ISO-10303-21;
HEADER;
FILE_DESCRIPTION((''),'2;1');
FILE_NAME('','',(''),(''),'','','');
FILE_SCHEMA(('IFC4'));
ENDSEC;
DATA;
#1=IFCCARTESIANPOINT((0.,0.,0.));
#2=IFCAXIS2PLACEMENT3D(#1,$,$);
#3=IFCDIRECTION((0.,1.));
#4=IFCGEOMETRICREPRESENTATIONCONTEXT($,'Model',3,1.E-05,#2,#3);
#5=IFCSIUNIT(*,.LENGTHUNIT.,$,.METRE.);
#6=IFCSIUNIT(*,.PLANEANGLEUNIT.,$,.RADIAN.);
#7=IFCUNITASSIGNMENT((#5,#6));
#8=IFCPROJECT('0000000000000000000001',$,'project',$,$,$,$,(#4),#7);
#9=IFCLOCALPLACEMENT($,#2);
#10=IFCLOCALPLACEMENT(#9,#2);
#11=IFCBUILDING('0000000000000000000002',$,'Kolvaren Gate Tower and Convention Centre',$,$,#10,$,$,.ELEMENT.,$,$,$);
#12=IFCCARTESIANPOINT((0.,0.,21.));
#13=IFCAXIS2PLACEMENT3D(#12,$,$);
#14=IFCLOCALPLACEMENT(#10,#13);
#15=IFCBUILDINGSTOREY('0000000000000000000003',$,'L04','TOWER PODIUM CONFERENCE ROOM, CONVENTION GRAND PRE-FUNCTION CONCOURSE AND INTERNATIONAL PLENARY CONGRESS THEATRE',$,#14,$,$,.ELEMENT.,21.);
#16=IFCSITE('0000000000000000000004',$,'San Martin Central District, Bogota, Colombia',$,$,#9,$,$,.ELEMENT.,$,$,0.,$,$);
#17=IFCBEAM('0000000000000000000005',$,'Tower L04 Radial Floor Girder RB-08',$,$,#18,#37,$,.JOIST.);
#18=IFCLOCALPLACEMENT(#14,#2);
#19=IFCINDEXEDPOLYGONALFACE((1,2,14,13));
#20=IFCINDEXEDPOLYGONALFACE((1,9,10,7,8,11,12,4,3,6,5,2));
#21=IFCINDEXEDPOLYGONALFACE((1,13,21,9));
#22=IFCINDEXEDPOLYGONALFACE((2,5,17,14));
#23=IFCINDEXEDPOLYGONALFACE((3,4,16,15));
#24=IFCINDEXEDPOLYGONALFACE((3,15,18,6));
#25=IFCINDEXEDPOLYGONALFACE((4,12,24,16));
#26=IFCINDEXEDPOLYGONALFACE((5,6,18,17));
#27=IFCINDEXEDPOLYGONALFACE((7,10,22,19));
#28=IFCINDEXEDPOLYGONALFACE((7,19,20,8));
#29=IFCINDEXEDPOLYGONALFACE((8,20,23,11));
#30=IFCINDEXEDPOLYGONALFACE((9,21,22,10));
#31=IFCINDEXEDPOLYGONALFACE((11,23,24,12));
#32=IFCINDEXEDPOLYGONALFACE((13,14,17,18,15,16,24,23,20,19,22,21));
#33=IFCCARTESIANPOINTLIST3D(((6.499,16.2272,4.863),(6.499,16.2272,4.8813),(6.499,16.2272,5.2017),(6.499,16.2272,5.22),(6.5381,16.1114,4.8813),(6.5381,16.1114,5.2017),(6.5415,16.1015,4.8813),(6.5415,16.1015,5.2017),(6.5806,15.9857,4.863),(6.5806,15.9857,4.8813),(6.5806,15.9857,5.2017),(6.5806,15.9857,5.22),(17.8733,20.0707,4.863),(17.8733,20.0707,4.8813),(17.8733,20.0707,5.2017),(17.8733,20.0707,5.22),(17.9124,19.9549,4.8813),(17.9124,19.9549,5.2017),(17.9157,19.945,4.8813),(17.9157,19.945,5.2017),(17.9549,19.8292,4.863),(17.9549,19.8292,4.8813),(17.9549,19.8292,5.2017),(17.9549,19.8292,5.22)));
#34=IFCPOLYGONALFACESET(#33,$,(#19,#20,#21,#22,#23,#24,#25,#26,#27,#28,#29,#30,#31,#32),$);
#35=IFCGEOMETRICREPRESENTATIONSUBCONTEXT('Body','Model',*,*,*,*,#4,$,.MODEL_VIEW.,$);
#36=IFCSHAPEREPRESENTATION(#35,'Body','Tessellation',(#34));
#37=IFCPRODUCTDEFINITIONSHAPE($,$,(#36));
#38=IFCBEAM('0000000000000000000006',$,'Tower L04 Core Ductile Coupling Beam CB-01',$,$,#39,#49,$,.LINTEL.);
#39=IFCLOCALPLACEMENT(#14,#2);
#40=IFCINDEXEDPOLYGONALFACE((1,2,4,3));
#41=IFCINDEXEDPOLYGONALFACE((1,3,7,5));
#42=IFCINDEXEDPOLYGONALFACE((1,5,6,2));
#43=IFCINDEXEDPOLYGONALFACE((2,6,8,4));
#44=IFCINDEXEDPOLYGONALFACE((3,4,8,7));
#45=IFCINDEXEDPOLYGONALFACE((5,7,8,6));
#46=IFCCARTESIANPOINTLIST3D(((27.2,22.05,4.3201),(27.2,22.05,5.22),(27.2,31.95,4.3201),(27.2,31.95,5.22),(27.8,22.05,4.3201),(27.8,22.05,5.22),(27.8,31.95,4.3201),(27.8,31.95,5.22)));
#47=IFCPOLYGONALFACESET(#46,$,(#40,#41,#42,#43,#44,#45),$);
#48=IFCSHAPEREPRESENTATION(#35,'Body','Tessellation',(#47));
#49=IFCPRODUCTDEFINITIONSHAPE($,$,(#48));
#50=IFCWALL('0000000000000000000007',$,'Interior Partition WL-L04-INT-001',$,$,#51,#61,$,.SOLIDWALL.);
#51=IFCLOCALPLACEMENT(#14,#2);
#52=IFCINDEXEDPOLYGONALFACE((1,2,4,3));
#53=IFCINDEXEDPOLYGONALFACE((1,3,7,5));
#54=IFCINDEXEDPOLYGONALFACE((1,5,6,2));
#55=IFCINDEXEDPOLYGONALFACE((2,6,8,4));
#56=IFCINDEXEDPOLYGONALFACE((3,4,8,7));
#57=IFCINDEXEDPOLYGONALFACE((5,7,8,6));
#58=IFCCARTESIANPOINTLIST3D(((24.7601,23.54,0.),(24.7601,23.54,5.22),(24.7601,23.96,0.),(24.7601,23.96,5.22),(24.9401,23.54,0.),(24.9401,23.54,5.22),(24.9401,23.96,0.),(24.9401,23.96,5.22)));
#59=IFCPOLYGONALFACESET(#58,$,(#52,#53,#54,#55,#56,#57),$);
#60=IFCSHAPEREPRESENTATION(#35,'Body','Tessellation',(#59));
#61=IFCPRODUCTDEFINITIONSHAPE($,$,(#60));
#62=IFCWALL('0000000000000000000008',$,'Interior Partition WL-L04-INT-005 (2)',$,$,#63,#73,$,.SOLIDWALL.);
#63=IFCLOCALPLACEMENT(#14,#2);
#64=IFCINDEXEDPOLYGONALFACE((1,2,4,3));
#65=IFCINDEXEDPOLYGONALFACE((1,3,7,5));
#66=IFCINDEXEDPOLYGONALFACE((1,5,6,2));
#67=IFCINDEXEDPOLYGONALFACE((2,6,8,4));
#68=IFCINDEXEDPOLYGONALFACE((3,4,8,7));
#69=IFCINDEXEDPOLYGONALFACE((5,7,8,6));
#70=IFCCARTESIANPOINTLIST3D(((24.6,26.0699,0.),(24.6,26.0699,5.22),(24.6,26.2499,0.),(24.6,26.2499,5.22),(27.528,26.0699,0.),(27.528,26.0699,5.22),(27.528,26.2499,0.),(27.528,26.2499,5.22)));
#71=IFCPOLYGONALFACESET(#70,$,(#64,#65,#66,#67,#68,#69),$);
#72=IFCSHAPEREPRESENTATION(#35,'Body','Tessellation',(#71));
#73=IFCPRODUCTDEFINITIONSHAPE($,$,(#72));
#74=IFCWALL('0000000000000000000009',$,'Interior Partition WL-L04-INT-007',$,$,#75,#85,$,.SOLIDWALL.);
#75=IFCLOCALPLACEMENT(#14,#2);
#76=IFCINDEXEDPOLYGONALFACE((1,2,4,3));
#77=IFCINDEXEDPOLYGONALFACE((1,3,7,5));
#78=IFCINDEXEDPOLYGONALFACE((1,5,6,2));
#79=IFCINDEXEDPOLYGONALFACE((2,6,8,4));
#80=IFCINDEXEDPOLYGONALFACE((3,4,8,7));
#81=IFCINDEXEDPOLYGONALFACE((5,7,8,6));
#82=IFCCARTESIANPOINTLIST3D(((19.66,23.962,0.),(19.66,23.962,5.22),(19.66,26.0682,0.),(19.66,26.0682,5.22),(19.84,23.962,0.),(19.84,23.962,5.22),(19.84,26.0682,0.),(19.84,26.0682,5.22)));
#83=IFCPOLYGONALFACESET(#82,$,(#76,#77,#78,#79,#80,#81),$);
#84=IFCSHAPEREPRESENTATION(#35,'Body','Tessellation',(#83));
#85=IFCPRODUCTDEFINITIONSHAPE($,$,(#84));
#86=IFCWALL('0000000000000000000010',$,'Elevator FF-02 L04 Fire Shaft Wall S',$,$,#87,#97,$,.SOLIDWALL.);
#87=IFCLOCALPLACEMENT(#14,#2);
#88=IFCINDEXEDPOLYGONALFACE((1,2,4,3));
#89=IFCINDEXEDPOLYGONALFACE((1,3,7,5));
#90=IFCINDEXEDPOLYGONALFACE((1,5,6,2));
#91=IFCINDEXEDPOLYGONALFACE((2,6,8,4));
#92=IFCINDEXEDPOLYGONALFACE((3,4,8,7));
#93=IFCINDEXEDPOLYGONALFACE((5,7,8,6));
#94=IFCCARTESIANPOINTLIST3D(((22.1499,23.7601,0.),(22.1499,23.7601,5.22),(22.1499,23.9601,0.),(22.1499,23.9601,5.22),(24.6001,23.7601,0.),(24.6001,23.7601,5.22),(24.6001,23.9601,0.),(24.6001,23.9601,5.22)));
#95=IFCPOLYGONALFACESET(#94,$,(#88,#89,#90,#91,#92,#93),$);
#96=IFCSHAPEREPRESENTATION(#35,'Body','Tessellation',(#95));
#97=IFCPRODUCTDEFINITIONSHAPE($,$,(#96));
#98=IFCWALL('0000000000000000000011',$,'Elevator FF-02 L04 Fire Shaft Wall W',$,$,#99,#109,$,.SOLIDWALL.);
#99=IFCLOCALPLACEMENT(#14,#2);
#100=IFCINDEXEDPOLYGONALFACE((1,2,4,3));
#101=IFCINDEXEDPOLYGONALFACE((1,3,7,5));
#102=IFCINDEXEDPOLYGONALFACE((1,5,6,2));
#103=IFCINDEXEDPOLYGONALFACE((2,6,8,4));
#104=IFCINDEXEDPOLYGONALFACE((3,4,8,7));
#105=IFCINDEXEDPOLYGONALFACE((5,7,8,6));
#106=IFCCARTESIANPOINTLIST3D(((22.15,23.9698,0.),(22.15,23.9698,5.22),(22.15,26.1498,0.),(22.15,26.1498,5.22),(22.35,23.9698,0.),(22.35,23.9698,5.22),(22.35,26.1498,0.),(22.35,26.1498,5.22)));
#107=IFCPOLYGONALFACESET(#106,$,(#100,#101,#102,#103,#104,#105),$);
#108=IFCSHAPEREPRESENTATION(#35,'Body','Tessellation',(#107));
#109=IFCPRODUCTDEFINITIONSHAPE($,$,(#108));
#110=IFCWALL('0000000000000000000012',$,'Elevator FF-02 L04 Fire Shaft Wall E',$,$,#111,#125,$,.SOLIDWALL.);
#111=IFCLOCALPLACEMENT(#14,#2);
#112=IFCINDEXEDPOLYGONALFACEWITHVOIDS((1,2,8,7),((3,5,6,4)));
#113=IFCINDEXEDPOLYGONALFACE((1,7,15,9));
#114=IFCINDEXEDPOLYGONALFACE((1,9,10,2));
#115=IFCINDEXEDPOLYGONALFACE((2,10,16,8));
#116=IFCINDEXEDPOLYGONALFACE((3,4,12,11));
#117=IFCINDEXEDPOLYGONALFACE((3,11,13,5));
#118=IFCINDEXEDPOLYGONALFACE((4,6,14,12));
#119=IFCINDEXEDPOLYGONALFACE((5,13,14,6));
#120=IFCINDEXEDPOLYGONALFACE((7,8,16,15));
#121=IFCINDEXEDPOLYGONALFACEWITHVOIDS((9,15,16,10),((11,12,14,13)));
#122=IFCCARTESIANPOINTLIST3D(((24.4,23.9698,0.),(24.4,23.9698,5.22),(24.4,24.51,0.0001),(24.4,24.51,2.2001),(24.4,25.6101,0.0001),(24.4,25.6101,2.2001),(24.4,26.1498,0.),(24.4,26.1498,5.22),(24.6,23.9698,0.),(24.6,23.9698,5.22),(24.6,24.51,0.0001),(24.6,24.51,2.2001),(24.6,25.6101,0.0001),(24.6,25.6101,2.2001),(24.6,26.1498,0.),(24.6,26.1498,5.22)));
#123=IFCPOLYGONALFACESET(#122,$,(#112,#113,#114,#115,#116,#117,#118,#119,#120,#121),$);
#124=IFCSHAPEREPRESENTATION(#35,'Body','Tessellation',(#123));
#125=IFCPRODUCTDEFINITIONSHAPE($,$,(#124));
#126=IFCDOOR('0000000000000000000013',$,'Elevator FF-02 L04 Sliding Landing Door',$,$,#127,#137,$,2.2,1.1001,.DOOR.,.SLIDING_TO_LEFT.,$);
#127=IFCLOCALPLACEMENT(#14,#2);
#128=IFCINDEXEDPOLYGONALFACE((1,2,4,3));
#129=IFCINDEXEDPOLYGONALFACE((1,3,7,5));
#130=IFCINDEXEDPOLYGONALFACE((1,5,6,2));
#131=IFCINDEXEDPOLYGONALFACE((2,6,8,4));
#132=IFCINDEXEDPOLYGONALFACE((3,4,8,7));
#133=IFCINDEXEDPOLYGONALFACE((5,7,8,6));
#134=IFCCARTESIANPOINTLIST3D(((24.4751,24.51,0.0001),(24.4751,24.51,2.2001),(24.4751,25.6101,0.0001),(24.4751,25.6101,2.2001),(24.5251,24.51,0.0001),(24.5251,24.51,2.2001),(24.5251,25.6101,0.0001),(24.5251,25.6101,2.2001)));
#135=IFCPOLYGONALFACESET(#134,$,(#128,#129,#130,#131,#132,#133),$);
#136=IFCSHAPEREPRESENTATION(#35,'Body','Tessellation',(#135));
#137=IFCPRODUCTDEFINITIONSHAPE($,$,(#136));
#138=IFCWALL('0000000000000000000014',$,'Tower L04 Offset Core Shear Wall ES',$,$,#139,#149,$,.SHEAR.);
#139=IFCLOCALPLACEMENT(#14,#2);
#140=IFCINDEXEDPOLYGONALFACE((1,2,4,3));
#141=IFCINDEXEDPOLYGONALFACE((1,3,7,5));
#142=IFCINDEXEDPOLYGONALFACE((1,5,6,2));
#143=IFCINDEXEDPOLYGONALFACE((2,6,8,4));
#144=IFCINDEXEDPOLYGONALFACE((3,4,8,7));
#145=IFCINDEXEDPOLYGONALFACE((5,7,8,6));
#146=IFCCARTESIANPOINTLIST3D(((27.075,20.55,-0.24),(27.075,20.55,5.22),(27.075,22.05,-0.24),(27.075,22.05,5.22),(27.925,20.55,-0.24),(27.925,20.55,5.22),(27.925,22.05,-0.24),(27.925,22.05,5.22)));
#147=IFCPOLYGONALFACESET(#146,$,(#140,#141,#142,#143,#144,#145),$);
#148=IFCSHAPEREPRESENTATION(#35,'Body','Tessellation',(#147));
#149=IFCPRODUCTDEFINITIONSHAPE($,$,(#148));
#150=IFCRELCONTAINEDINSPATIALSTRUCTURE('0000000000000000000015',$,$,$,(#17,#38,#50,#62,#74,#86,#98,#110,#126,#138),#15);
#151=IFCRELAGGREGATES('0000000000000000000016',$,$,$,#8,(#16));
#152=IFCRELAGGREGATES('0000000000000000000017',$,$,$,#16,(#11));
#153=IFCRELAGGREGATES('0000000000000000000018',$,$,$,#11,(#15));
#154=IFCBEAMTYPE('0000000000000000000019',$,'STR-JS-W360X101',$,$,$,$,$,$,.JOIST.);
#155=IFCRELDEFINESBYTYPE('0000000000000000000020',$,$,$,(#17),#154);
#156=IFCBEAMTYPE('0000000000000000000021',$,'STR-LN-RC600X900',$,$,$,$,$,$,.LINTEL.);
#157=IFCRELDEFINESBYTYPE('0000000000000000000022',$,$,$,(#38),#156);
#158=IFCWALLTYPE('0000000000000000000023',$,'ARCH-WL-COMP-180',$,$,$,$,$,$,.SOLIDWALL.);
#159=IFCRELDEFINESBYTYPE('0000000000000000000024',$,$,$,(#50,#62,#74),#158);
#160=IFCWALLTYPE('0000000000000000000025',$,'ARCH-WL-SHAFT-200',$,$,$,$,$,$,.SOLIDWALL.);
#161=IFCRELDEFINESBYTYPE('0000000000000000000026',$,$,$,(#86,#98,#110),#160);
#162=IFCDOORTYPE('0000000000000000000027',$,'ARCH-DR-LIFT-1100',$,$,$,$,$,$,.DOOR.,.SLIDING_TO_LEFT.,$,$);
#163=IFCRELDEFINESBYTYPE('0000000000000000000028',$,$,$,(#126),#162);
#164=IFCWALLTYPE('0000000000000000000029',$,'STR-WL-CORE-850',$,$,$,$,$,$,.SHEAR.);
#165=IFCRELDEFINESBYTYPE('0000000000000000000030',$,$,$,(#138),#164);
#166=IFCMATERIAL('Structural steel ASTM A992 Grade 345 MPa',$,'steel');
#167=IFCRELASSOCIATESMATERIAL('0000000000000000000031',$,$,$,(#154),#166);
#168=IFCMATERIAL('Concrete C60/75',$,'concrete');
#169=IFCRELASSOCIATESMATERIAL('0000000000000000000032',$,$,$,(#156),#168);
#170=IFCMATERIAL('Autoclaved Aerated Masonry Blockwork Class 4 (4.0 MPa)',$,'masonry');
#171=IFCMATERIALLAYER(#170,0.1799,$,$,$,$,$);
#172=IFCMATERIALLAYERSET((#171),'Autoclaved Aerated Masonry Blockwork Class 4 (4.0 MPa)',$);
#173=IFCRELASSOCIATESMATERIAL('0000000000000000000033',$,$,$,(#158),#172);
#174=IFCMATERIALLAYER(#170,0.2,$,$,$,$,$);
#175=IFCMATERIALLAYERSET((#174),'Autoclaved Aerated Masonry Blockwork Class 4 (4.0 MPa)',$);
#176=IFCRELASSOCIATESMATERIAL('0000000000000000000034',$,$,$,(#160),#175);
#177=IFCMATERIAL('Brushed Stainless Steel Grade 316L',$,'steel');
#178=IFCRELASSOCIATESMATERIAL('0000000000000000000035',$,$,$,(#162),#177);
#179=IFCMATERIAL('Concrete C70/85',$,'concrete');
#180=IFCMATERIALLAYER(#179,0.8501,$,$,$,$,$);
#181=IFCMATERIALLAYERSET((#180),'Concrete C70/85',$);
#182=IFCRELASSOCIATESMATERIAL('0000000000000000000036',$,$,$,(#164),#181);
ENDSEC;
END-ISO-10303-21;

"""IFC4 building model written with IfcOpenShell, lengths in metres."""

from ifc_helpers import new_model, si_unit, direction, frame, frame_2d, origin, origin_2d, place, context, subcontext, project, spatial, rectangle, i_section, extrude, material, layer, layer_set, material_profile, profile_set, type_object, element, fill, save


model = new_model("IFC4")

# Units and contexts
model_context = context("Model", 3, precision=1e-05, world=origin(), true_north=direction((0.0, 1.0)))
body_context = subcontext(model_context, "Body", "Model", "MODEL_VIEW")
ifc_project = project(units=[si_unit("LENGTHUNIT", "METRE"), si_unit("PLANEANGLEUNIT", "RADIAN")], contexts=[model_context])

# Site, building, storey
site_placement = place(None, origin())
site = spatial("IfcSite", under=ifc_project, at=site_placement, Name="San Martin Central District, Bogota, Colombia", CompositionType="ELEMENT", RefElevation=0.0)
building_placement = place(site_placement, origin())
building = spatial("IfcBuilding", under=site, at=building_placement, Name="Kolvaren Gate Tower and Convention Centre", CompositionType="ELEMENT")
storey_placement = place(building_placement, frame((0.0, 0.0, 21.0)))
storey = spatial("IfcBuildingStorey", under=building, at=storey_placement, Name="L04", Description="TOWER PODIUM CONFERENCE ROOM, CONVENTION GRAND PRE-FUNCTION CONCOURSE AND INTERNATIONAL PLENARY CONGRESS THEATRE", CompositionType="ELEMENT", Elevation=21.0)

# Beams
ifc_material_1 = material(Name="Structural steel ASTM A992 Grade 345 MPa", Category="steel")
ifc_material_profile_1 = material_profile(ifc_material_1, i_section(OverallWidth=0.2549, OverallDepth=0.3569, WebThickness=0.0105, FlangeThickness=0.0183, at=origin_2d()), Name="W360X101")
ifc_profile_set_1 = profile_set([ifc_material_profile_1], Name="Structural steel ASTM A992 Grade 345 MPa")
beam_type_1 = type_object("IfcBeamType", Name="STR-JS-W360X101", PredefinedType="JOIST", material=ifc_profile_set_1)
beam_1_placement = place(storey_placement, frame((17.9141, 19.95, 5.0415), z_axis=(-0.947374, -0.320129, 0.0), x_axis=(0.320129, -0.947374, 0.0)))
element("IfcBeam", 1, at=beam_1_placement, inside=storey, type_object=beam_type_1, Name="Tower L04 Radial Floor Girder RB-08", PredefinedType="JOIST", context=body_context, shape_type="SweptSolid", body=[
    extrude(i_section(OverallWidth=0.2549, OverallDepth=0.3569, WebThickness=0.0105, FlangeThickness=0.0183, at=origin_2d()), origin(), (0.0, 0.0, 1.0), 12.0061),
])
ifc_material_2 = material(Name="Concrete C60/75", Category="concrete")
ifc_material_profile_2 = material_profile(ifc_material_2, rectangle(XDim=0.6001, YDim=0.8999, at=origin_2d()), Name="RC-BM-600X900")
ifc_profile_set_2 = profile_set([ifc_material_profile_2], Name="Concrete C60/75")
beam_type_2 = type_object("IfcBeamType", Name="STR-LN-RC600X900", PredefinedType="LINTEL", material=ifc_profile_set_2)
beam_2_placement = place(storey_placement, frame((27.5, 22.05, 4.77), z_axis=(0.0, 1.0, 0.0), x_axis=(-1.0, 0.0, 0.0)))
element("IfcBeam", 2, at=beam_2_placement, inside=storey, type_object=beam_type_2, Name="Tower L04 Core Ductile Coupling Beam CB-01", PredefinedType="LINTEL", context=body_context, shape_type="SweptSolid", body=[
    extrude(rectangle(XDim=0.6001, YDim=0.8999, at=origin_2d()), origin(), (0.0, 0.0, 1.0), 9.8999),
])

# Walls
ifc_material_3 = material(Name="Autoclaved Aerated Masonry Blockwork Class 4 (4.0 MPa)", Category="masonry")
ifc_layer_1 = layer(ifc_material_3, 0.1799)
ifc_layer_set_1 = layer_set([ifc_layer_1], Name="Autoclaved Aerated Masonry Blockwork Class 4 (4.0 MPa)")
wall_type_1 = type_object("IfcWallType", Name="ARCH-WL-COMP-180", PredefinedType="SOLIDWALL", material=ifc_layer_set_1)
wall_1_placement = place(storey_placement, frame((24.8501, 23.54, 0.0), z_axis=(0.0, 0.0, 1.0), x_axis=(0.0, 1.0, 0.0)))
element("IfcWall", 3, at=wall_1_placement, inside=storey, type_object=wall_type_1, Name="Interior Partition WL-L04-INT-001", PredefinedType="SOLIDWALL", context=body_context, shape_type="SweptSolid", body=[
    extrude(rectangle(XDim=0.4199, YDim=0.1799, at=frame_2d((0.21, 0.0))), origin(), (0.0, 0.0, 1.0), 5.22),
])
wall_2_placement = place(storey_placement, frame((24.6001, 26.1599, 0.0), z_axis=(0.0, 0.0, 1.0), x_axis=(1.0, 0.0, 0.0)))
element("IfcWall", 4, at=wall_2_placement, inside=storey, type_object=wall_type_1, Name="Interior Partition WL-L04-INT-005 (2)", PredefinedType="SOLIDWALL", context=body_context, shape_type="SweptSolid", body=[
    extrude(rectangle(XDim=2.928, YDim=0.1799, at=frame_2d((1.4639, 0.0))), origin(), (0.0, 0.0, 1.0), 5.22),
])
wall_3_placement = place(storey_placement, frame((19.75, 23.9619, 0.0), z_axis=(0.0, 0.0, 1.0), x_axis=(0.0, 1.0, 0.0)))
element("IfcWall", 5, at=wall_3_placement, inside=storey, type_object=wall_type_1, Name="Interior Partition WL-L04-INT-007", PredefinedType="SOLIDWALL", context=body_context, shape_type="SweptSolid", body=[
    extrude(rectangle(XDim=2.1062, YDim=0.1799, at=frame_2d((1.0532, 0.0))), origin(), (0.0, 0.0, 1.0), 5.22),
])
ifc_layer_2 = layer(ifc_material_3, 0.2)
ifc_layer_set_2 = layer_set([ifc_layer_2], Name="Autoclaved Aerated Masonry Blockwork Class 4 (4.0 MPa)")
wall_type_2 = type_object("IfcWallType", Name="ARCH-WL-SHAFT-200", PredefinedType="SOLIDWALL", material=ifc_layer_set_2)
wall_4_placement = place(storey_placement, frame((22.1499, 23.8601, 0.0), z_axis=(0.0, 0.0, 1.0), x_axis=(1.0, 0.0, 0.0)))
element("IfcWall", 6, at=wall_4_placement, inside=storey, type_object=wall_type_2, Name="Elevator FF-02 L04 Fire Shaft Wall S", PredefinedType="SOLIDWALL", context=body_context, shape_type="SweptSolid", body=[
    extrude(rectangle(XDim=2.4502, YDim=0.2, at=frame_2d((1.2251, 0.0))), origin(), (0.0, 0.0, 1.0), 5.22),
])
wall_5_placement = place(storey_placement, frame((22.25, 23.97, 0.0), z_axis=(0.0, 0.0, 1.0), x_axis=(0.0, 1.0, 0.0)))
element("IfcWall", 7, at=wall_5_placement, inside=storey, type_object=wall_type_2, Name="Elevator FF-02 L04 Fire Shaft Wall W", PredefinedType="SOLIDWALL", context=body_context, shape_type="SweptSolid", body=[
    extrude(rectangle(XDim=2.1799, YDim=0.2, at=frame_2d((1.0898, 0.0))), origin(), (0.0, 0.0, 1.0), 5.22),
])

# Wall, opening, door
wall_6_placement = place(storey_placement, frame((24.5, 23.97, 0.0), z_axis=(0.0, 0.0, 1.0), x_axis=(0.0, 1.0, 0.0)))
wall_6 = element("IfcWall", 8, at=wall_6_placement, inside=storey, type_object=wall_type_2, Name="Elevator FF-02 L04 Fire Shaft Wall E", PredefinedType="SOLIDWALL", context=body_context, shape_type="SweptSolid", body=[
    extrude(rectangle(XDim=2.1799, YDim=0.2, at=frame_2d((1.0898, 0.0))), origin(), (0.0, 0.0, 1.0), 5.22),
])
opening_1_placement = place(wall_6_placement, frame((0.54, 0.0, 0.0)))
opening_1 = element("IfcOpeningElement", 9, at=opening_1_placement, cuts=wall_6, PredefinedType="OPENING", context=body_context, shape_type="SweptSolid", body=[
    extrude(rectangle(XDim=1.1001, YDim=2.2, at=frame_2d((0.55, 1.1001))), frame((0.0, 0.1099, 0.0), z_axis=(0.0, -1.0, 0.0), x_axis=(1.0, 0.0, 0.0)), (0.0, 0.0, 1.0), 0.22),
])
ifc_material_4 = material(Name="Brushed Stainless Steel Grade 316L", Category="steel")
door_type_1 = type_object("IfcDoorType", Name="ARCH-DR-LIFT-1100", OperationType="SLIDING_TO_LEFT", PredefinedType="DOOR", material=ifc_material_4)
door_1_placement = place(opening_1_placement, origin())
door_1 = element("IfcDoor", 10, at=door_1_placement, inside=storey, type_object=door_type_1, Name="Elevator FF-02 L04 Sliding Landing Door", OperationType="SLIDING_TO_LEFT", OverallHeight=2.2, OverallWidth=1.1001, PredefinedType="DOOR", context=body_context, shape_type="SweptSolid", body=[
    extrude(rectangle(XDim=1.1001, YDim=2.2, at=frame_2d((0.55, 1.1001))), frame((0.0, 0.0249, 0.0), z_axis=(0.0, -1.0, 0.0), x_axis=(1.0, 0.0, 0.0)), (0.0, 0.0, 1.0), 0.05),
])
fill(opening_1, door_1)

# Wall
ifc_material_5 = material(Name="Concrete C70/85", Category="concrete")
ifc_layer_3 = layer(ifc_material_5, 0.8501)
ifc_layer_set_3 = layer_set([ifc_layer_3], Name="Concrete C70/85")
wall_type_3 = type_object("IfcWallType", Name="STR-WL-CORE-850", PredefinedType="SHEAR", material=ifc_layer_set_3)
wall_7_placement = place(storey_placement, frame((27.5, 20.55, -0.24), z_axis=(0.0, 0.0, 1.0), x_axis=(0.0, 1.0, 0.0)))
element("IfcWall", 11, at=wall_7_placement, inside=storey, type_object=wall_type_3, Name="Tower L04 Offset Core Shear Wall ES", PredefinedType="SHEAR", context=body_context, shape_type="SweptSolid", body=[
    extrude(rectangle(XDim=1.5, YDim=0.8501, at=frame_2d((0.75, 0.0))), origin(), (0.0, 0.0, 1.0), 5.46),
])

save(model, "model.ifc")
